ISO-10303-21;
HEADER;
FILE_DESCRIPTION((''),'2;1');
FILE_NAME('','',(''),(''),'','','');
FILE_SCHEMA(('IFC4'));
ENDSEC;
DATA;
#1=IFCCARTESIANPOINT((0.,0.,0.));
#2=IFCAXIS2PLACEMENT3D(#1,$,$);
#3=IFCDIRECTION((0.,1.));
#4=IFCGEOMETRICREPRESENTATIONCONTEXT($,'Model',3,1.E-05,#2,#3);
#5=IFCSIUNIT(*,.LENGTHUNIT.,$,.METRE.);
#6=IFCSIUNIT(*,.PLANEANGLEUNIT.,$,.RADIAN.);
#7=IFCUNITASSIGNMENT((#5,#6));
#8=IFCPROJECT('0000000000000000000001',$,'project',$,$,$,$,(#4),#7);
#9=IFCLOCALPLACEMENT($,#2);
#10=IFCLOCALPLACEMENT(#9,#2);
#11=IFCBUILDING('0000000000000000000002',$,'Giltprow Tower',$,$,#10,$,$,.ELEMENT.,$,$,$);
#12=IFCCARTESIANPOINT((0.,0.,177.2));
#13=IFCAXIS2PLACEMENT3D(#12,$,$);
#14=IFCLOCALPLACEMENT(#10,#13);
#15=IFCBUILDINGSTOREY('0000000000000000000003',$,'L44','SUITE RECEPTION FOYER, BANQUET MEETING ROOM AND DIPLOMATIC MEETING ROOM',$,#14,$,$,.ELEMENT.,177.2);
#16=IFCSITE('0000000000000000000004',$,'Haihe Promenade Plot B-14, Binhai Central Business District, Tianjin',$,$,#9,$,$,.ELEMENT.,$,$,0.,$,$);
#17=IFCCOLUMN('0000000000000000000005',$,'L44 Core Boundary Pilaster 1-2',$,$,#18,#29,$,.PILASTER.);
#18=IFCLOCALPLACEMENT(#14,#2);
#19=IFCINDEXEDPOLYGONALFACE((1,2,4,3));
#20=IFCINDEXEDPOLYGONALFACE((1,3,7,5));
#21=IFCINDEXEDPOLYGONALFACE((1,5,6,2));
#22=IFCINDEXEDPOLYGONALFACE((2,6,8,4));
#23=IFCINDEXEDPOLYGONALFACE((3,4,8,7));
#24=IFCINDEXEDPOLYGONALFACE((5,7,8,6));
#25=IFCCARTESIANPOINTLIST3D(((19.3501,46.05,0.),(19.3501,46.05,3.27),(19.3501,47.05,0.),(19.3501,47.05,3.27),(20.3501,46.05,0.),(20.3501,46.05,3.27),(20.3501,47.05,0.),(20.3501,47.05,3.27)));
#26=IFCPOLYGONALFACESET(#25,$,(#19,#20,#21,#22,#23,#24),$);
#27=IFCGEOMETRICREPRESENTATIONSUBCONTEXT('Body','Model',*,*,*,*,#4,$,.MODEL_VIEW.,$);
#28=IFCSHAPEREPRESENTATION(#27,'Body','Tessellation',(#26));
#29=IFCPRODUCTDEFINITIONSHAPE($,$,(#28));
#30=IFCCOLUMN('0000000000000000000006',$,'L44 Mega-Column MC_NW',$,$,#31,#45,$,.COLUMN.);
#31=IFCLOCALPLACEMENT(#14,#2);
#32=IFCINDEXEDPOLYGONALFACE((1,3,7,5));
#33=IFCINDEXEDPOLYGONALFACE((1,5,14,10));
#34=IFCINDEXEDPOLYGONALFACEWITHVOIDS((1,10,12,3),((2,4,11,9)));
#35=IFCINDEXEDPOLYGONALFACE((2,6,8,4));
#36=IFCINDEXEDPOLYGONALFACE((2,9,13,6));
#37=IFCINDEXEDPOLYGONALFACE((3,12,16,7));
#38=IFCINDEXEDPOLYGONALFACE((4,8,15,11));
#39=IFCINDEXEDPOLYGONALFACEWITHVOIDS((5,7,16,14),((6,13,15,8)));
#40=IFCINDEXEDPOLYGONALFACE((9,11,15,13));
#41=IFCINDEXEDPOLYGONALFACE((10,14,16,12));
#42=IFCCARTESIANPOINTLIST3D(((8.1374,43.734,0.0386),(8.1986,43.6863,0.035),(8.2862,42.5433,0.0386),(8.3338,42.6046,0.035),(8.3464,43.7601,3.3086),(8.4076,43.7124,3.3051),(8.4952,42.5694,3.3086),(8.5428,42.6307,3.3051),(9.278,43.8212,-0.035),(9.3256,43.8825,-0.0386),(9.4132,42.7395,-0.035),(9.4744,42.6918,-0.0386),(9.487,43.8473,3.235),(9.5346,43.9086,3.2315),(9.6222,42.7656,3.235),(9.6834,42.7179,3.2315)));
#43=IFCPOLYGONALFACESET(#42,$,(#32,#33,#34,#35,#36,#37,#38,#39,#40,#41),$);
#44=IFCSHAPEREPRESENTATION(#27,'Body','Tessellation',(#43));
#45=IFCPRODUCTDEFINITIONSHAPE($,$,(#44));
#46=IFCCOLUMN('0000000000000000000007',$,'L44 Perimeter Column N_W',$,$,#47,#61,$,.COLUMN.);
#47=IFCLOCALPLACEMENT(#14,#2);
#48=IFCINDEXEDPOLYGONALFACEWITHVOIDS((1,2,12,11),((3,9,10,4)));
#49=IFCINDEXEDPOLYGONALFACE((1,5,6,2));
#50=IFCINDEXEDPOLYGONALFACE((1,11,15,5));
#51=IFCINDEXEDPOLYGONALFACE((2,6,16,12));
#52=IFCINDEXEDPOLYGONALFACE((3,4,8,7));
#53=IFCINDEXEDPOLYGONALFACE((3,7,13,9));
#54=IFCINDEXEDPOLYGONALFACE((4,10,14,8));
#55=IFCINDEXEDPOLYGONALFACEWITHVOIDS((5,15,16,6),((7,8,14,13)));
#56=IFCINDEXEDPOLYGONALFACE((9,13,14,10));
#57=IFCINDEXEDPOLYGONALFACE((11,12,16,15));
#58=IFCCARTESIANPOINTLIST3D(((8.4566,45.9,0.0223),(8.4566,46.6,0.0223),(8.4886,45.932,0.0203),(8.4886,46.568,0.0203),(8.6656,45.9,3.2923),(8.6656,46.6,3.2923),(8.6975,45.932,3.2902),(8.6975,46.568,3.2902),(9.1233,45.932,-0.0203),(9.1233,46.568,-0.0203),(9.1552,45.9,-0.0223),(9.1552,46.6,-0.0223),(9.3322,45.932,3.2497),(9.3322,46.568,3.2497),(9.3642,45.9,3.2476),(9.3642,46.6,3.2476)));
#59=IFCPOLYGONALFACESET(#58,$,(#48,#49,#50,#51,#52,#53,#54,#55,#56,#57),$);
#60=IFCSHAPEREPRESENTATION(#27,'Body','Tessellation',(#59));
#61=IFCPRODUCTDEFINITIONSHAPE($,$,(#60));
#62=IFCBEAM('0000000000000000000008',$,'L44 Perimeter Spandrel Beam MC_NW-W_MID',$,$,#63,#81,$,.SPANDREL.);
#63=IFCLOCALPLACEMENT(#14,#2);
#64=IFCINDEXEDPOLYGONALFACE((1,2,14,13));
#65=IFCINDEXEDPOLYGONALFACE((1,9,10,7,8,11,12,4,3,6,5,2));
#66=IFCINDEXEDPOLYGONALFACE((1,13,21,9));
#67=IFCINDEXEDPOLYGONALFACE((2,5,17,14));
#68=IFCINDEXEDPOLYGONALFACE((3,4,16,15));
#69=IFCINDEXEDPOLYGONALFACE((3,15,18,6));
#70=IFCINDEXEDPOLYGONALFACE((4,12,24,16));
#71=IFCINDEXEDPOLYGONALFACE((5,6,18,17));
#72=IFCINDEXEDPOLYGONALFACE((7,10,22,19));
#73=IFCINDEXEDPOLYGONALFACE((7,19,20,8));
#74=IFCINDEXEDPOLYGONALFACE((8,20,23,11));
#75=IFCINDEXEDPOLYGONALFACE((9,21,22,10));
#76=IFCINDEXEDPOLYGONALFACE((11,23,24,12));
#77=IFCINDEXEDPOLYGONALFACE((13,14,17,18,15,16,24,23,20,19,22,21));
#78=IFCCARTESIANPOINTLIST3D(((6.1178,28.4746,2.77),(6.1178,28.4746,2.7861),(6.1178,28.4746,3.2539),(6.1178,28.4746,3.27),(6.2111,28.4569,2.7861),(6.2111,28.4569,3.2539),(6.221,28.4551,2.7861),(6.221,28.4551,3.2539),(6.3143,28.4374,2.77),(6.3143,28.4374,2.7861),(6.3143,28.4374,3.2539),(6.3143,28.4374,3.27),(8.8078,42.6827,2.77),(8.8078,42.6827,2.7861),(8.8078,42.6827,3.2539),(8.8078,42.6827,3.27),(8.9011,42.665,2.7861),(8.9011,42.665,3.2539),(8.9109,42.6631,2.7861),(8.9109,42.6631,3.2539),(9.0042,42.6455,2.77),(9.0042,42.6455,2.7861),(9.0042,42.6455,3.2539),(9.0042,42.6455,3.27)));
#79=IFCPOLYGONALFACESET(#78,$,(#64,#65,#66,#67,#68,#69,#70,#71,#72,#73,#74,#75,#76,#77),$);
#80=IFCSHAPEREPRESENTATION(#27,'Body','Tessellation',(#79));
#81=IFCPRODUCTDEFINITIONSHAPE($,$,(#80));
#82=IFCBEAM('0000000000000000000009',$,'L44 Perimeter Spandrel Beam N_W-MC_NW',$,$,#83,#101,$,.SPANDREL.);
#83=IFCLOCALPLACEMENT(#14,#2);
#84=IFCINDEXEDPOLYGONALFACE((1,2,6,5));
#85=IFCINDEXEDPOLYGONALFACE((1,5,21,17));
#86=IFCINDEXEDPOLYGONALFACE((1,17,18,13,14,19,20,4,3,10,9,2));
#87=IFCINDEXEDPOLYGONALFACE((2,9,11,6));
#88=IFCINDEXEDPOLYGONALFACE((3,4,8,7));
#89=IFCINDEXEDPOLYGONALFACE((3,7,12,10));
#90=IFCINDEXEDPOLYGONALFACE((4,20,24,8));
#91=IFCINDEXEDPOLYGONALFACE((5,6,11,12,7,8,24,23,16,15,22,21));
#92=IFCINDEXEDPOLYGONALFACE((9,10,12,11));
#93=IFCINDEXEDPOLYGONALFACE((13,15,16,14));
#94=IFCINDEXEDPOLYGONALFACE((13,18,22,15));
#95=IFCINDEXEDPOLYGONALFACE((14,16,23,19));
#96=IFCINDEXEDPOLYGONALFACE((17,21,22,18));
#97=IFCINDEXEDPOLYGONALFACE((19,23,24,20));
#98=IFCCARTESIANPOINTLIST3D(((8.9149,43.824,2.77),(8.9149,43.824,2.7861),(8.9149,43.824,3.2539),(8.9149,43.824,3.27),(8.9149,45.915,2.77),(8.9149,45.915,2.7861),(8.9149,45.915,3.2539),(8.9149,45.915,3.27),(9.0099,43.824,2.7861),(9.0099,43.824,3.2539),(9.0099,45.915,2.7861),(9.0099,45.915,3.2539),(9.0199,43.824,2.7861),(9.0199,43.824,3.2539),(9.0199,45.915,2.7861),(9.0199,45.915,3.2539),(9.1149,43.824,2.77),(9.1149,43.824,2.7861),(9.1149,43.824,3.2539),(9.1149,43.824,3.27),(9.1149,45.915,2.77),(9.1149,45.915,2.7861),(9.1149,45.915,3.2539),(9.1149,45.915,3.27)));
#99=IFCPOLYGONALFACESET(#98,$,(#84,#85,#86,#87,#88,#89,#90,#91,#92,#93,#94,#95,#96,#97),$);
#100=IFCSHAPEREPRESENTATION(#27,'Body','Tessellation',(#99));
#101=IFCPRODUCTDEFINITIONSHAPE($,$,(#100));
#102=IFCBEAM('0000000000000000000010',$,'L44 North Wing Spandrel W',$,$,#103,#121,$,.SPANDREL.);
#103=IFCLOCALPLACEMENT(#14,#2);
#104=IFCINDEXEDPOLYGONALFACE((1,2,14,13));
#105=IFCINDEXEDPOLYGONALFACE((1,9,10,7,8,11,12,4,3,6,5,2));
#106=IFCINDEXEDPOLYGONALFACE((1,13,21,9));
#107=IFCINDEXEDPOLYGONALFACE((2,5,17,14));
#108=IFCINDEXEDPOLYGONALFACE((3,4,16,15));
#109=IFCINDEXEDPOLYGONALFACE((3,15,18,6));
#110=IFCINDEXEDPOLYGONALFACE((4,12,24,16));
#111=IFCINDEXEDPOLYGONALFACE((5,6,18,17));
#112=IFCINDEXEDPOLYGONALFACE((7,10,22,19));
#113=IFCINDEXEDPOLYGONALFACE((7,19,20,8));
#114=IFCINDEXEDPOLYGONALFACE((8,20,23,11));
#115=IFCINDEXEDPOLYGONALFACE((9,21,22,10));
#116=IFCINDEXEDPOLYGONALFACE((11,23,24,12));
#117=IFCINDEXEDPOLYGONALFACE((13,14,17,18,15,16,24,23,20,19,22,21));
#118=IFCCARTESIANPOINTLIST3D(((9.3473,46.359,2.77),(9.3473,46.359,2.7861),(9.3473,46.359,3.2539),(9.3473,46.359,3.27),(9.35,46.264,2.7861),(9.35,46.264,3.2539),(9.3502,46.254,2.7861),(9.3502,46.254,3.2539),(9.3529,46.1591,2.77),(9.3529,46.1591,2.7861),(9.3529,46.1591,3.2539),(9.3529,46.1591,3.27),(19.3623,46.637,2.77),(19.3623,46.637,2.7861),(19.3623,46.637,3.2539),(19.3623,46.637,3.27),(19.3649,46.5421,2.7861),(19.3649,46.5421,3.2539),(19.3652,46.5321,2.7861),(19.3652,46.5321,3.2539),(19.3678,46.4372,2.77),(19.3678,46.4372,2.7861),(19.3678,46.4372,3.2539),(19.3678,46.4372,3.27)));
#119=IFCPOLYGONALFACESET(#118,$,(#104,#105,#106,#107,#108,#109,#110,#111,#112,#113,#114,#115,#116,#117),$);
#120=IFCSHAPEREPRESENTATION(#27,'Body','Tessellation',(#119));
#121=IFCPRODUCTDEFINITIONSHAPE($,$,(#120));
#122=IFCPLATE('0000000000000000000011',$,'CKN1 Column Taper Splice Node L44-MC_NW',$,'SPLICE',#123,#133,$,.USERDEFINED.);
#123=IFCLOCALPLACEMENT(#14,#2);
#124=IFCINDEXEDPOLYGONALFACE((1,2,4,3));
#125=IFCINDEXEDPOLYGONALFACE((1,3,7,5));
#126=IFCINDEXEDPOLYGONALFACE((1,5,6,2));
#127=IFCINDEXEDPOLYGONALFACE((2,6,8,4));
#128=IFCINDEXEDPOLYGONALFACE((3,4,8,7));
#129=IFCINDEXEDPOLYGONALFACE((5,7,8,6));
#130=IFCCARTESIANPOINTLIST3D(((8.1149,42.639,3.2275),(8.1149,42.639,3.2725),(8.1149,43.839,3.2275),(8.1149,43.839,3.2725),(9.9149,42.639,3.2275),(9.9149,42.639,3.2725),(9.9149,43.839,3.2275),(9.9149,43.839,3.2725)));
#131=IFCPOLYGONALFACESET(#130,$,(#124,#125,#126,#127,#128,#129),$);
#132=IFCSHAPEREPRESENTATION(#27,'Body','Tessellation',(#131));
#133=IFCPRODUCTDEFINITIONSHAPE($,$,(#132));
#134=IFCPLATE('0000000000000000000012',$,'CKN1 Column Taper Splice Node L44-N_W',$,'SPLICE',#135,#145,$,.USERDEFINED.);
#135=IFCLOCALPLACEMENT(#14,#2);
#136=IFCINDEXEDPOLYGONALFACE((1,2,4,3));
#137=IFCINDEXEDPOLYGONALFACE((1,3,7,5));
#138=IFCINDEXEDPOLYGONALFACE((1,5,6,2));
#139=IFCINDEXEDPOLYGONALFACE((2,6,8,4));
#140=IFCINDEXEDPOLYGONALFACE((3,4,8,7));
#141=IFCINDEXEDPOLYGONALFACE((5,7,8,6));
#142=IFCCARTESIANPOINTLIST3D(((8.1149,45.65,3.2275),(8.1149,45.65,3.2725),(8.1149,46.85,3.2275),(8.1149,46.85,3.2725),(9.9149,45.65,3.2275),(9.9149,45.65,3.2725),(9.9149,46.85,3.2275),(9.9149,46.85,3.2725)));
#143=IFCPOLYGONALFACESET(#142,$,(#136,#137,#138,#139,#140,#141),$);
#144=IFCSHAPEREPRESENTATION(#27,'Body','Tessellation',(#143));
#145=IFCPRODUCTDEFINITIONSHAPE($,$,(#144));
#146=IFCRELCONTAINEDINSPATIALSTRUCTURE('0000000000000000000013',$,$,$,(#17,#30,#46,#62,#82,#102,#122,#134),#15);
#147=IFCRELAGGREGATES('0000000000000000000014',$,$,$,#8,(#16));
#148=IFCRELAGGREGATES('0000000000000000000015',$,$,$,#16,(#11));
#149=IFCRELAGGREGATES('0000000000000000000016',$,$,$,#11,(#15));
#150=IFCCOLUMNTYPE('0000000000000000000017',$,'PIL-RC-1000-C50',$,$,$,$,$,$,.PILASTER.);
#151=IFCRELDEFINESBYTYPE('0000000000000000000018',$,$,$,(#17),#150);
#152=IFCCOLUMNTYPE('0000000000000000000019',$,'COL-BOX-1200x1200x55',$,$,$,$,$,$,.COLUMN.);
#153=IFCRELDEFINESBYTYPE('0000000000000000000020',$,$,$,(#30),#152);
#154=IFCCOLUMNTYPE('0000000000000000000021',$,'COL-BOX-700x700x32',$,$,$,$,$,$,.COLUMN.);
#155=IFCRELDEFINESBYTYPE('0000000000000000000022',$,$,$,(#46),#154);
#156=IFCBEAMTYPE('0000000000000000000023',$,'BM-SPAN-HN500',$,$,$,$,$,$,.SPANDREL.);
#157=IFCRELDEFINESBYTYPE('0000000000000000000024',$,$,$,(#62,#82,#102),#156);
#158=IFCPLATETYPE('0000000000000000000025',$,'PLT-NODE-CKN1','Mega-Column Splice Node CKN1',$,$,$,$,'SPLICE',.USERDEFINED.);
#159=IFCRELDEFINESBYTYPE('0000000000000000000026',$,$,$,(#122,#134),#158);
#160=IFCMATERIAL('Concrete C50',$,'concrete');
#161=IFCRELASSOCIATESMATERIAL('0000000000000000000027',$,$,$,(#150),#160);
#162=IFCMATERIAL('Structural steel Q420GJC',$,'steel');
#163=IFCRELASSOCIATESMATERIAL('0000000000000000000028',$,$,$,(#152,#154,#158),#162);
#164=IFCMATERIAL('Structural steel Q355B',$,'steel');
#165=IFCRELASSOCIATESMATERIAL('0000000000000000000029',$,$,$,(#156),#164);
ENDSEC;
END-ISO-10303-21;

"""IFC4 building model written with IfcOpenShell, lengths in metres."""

from ifc_helpers import new_model, si_unit, direction, frame, origin, origin_2d, place, context, subcontext, project, spatial, rectangle, hollow_rectangle, i_section, extrude, source, transform, mapped, material, material_profile, profile_set, type_object, element, save


model = new_model("IFC4")

# Units and contexts
model_context = context("Model", 3, precision=1e-05, world=origin(), true_north=direction((0.0, 1.0)))
body_context = subcontext(model_context, "Body", "Model", "MODEL_VIEW")
ifc_project = project(units=[si_unit("LENGTHUNIT", "METRE"), si_unit("PLANEANGLEUNIT", "RADIAN")], contexts=[model_context])

# Site, building, storey
site_placement = place(None, origin())
site = spatial("IfcSite", under=ifc_project, at=site_placement, Name="Haihe Promenade Plot B-14, Binhai Central Business District, Tianjin", CompositionType="ELEMENT", RefElevation=0.0)
building_placement = place(site_placement, origin())
building = spatial("IfcBuilding", under=site, at=building_placement, Name="Giltprow Tower", CompositionType="ELEMENT")
storey_placement = place(building_placement, frame((0.0, 0.0, 177.2)))
storey = spatial("IfcBuildingStorey", under=building, at=storey_placement, Name="L44", Description="SUITE RECEPTION FOYER, BANQUET MEETING ROOM AND DIPLOMATIC MEETING ROOM", CompositionType="ELEMENT", Elevation=177.2)

# Columns
ifc_material_1 = material(Name="Concrete C50", Category="concrete")
ifc_material_profile_1 = material_profile(ifc_material_1, rectangle(XDim=1.0, YDim=1.0, at=origin_2d()), Name="RC 1000x1000")
ifc_profile_set_1 = profile_set([ifc_material_profile_1], Name="Concrete C50")
column_type_1 = type_object("IfcColumnType", Name="PIL-RC-1000-C50", PredefinedType="PILASTER", material=ifc_profile_set_1)
shared_shape_1 = source(origin(), body_context, "Body", "SweptSolid", [
    extrude(rectangle(XDim=1.0, YDim=1.0, at=origin_2d()), origin(), (0.0, 0.0, 1.0), 3.27),
])
column_1_placement = place(storey_placement, frame((19.8501, 46.55, 0.0), z_axis=(0.0, 0.0, 1.0), x_axis=(1.0, 0.0, 0.0)))
element("IfcColumn", 1, at=column_1_placement, inside=storey, type_object=column_type_1, Name="L44 Core Boundary Pilaster 1-2", PredefinedType="PILASTER", context=body_context, shape_type="MappedRepresentation", body=[
    mapped(shared_shape_1, transform((0.0, 0.0, 0.0), x_axis=(1.0, 0.0, 0.0), y_axis=(0.0, 1.0, 0.0), z_axis=(0.0, 0.0, 1.0), scale=1.0)),
])
ifc_material_2 = material(Name="Structural steel Q420GJC", Category="steel")
ifc_material_profile_2 = material_profile(ifc_material_2, hollow_rectangle(XDim=1.2, YDim=1.2, WallThickness=0.0549, at=origin_2d()), Name="BOX 1200x1200x55")
ifc_profile_set_2 = profile_set([ifc_material_profile_2], Name="Structural steel Q420GJC")
column_type_2 = type_object("IfcColumnType", Name="COL-BOX-1200x1200x55", PredefinedType="COLUMN", material=ifc_profile_set_2)
shared_shape_2 = source(origin(), body_context, "Body", "SweptSolid", [
    extrude(hollow_rectangle(XDim=1.2, YDim=1.2, WallThickness=0.0549, at=origin_2d()), origin(), (0.0, 0.0, 1.0), 3.2769),
])
column_2_placement = place(storey_placement, frame((8.8059, 43.2129, 0.0), z_axis=(0.063777, 0.007972, 0.997932), x_axis=(-0.124035, 0.992278, 0.0)))
element("IfcColumn", 2, at=column_2_placement, inside=storey, type_object=column_type_2, Name="L44 Mega-Column MC_NW", PredefinedType="COLUMN", context=body_context, shape_type="MappedRepresentation", body=[
    mapped(shared_shape_2, transform((0.0, 0.0, 0.0), x_axis=(1.0, 0.0, 0.0), y_axis=(0.0, 1.0, 0.0), z_axis=(0.0, 0.0, 1.0), scale=1.0)),
])
ifc_material_profile_3 = material_profile(ifc_material_2, hollow_rectangle(XDim=0.7, YDim=0.7, WallThickness=0.032, at=origin_2d()), Name="BOX 700x700x32")
ifc_profile_set_3 = profile_set([ifc_material_profile_3], Name="Structural steel Q420GJC")
column_type_3 = type_object("IfcColumnType", Name="COL-BOX-700x700x32", PredefinedType="COLUMN", material=ifc_profile_set_3)
shared_shape_3 = source(origin(), body_context, "Body", "SweptSolid", [
    extrude(hollow_rectangle(XDim=0.7, YDim=0.7, WallThickness=0.032, at=origin_2d()), origin(), (0.0, 0.0, 1.0), 3.2766),
])
column_3_placement = place(storey_placement, frame((8.8059, 46.25, 0.0), z_axis=(0.063779, 0.0, 0.997964), x_axis=(0.0, 1.0, 0.0)))
element("IfcColumn", 3, at=column_3_placement, inside=storey, type_object=column_type_3, Name="L44 Perimeter Column N_W", PredefinedType="COLUMN", context=body_context, shape_type="MappedRepresentation", body=[
    mapped(shared_shape_3, transform((0.0, 0.0, 0.0), x_axis=(1.0, 0.0, 0.0), y_axis=(0.0, 1.0, 0.0), z_axis=(0.0, 0.0, 1.0), scale=1.0)),
])

# Beams
ifc_material_3 = material(Name="Structural steel Q355B", Category="steel")
ifc_material_profile_4 = material_profile(ifc_material_3, i_section(OverallWidth=0.2, OverallDepth=0.5, WebThickness=0.01, FlangeThickness=0.0161, at=origin_2d()), Name="HN 500x200x10x16")
ifc_profile_set_4 = profile_set([ifc_material_profile_4], Name="Structural steel Q355B")
beam_type = type_object("IfcBeamType", Name="BM-SPAN-HN500", PredefinedType="SPANDREL", material=ifc_profile_set_4)
shared_shape_4 = source(origin(), body_context, "Body", "SweptSolid", [
    extrude(i_section(OverallWidth=0.2, OverallDepth=0.5, WebThickness=0.01, FlangeThickness=0.0161, at=origin_2d()), origin(), (0.0, 0.0, 1.0), 14.4604),
])
beam_1_placement = place(storey_placement, frame((8.906, 42.6641, 3.02), z_axis=(-0.186021, -0.982546, 0.0), x_axis=(0.982546, -0.186021, 0.0)))
element("IfcBeam", 4, at=beam_1_placement, inside=storey, type_object=beam_type, Name="L44 Perimeter Spandrel Beam MC_NW-W_MID", PredefinedType="SPANDREL", context=body_context, shape_type="MappedRepresentation", body=[
    mapped(shared_shape_4, transform((0.0, 0.0, 0.0), x_axis=(1.0, 0.0, 0.0), y_axis=(0.0, 1.0, 0.0), z_axis=(0.0, 0.0, 1.0), scale=1.0)),
])
shared_shape_5 = source(origin(), body_context, "Body", "SweptSolid", [
    extrude(i_section(OverallWidth=0.2, OverallDepth=0.5, WebThickness=0.01, FlangeThickness=0.0161, at=origin_2d()), origin(), (0.0, 0.0, 1.0), 2.0911),
])
beam_2_placement = place(storey_placement, frame((9.0149, 45.915, 3.02), z_axis=(0.0, -1.0, 0.0), x_axis=(1.0, 0.0, 0.0)))
element("IfcBeam", 5, at=beam_2_placement, inside=storey, type_object=beam_type, Name="L44 Perimeter Spandrel Beam N_W-MC_NW", PredefinedType="SPANDREL", context=body_context, shape_type="MappedRepresentation", body=[
    mapped(shared_shape_5, transform((0.0, 0.0, 0.0), x_axis=(1.0, 0.0, 0.0), y_axis=(0.0, 1.0, 0.0), z_axis=(0.0, 0.0, 1.0), scale=1.0)),
])
shared_shape_6 = source(origin(), body_context, "Body", "SweptSolid", [
    extrude(i_section(OverallWidth=0.2, OverallDepth=0.5, WebThickness=0.01, FlangeThickness=0.0161, at=origin_2d()), origin(), (0.0, 0.0, 1.0), 10.0188),
])
beam_3_placement = place(storey_placement, frame((9.3501, 46.259, 3.02), z_axis=(0.999615, 0.027756, 0.0), x_axis=(-0.027756, 0.999615, 0.0)))
element("IfcBeam", 6, at=beam_3_placement, inside=storey, type_object=beam_type, Name="L44 North Wing Spandrel W", PredefinedType="SPANDREL", context=body_context, shape_type="MappedRepresentation", body=[
    mapped(shared_shape_6, transform((0.0, 0.0, 0.0), x_axis=(1.0, 0.0, 0.0), y_axis=(0.0, 1.0, 0.0), z_axis=(0.0, 0.0, 1.0), scale=1.0)),
])

# Plates
plate_type = type_object("IfcPlateType", Name="PLT-NODE-CKN1", Description="Mega-Column Splice Node CKN1", ElementType="SPLICE", PredefinedType="USERDEFINED", material=ifc_material_2)
shared_shape_7 = source(origin(), body_context, "Body", "SweptSolid", [
    extrude(rectangle(XDim=1.8, YDim=1.2, at=origin_2d()), origin(), (0.0, 0.0, 1.0), 0.0449),
])
for number, where, z_axis, x_axis, name in (
    (7, (9.0149, 43.239, 3.2275), (0.0, 0.0, 1.0), (1.0, 0.0, 0.0), "CKN1 Column Taper Splice Node L44-MC_NW"),
    (8, (9.0149, 46.25, 3.2275), (0.0, 0.0, 1.0), (1.0, 0.0, 0.0), "CKN1 Column Taper Splice Node L44-N_W"),
):
    element("IfcPlate", number, at=place(storey_placement, frame(where, z_axis=z_axis, x_axis=x_axis)), inside=storey, type_object=plate_type, Name=name, ObjectType="SPLICE", PredefinedType="USERDEFINED", context=body_context, shape_type="MappedRepresentation", body=[
        mapped(shared_shape_7, transform((0.0, 0.0, 0.0), x_axis=(1.0, 0.0, 0.0), y_axis=(0.0, 1.0, 0.0), z_axis=(0.0, 0.0, 1.0), scale=1.0)),
    ])

save(model, "model.ifc")
